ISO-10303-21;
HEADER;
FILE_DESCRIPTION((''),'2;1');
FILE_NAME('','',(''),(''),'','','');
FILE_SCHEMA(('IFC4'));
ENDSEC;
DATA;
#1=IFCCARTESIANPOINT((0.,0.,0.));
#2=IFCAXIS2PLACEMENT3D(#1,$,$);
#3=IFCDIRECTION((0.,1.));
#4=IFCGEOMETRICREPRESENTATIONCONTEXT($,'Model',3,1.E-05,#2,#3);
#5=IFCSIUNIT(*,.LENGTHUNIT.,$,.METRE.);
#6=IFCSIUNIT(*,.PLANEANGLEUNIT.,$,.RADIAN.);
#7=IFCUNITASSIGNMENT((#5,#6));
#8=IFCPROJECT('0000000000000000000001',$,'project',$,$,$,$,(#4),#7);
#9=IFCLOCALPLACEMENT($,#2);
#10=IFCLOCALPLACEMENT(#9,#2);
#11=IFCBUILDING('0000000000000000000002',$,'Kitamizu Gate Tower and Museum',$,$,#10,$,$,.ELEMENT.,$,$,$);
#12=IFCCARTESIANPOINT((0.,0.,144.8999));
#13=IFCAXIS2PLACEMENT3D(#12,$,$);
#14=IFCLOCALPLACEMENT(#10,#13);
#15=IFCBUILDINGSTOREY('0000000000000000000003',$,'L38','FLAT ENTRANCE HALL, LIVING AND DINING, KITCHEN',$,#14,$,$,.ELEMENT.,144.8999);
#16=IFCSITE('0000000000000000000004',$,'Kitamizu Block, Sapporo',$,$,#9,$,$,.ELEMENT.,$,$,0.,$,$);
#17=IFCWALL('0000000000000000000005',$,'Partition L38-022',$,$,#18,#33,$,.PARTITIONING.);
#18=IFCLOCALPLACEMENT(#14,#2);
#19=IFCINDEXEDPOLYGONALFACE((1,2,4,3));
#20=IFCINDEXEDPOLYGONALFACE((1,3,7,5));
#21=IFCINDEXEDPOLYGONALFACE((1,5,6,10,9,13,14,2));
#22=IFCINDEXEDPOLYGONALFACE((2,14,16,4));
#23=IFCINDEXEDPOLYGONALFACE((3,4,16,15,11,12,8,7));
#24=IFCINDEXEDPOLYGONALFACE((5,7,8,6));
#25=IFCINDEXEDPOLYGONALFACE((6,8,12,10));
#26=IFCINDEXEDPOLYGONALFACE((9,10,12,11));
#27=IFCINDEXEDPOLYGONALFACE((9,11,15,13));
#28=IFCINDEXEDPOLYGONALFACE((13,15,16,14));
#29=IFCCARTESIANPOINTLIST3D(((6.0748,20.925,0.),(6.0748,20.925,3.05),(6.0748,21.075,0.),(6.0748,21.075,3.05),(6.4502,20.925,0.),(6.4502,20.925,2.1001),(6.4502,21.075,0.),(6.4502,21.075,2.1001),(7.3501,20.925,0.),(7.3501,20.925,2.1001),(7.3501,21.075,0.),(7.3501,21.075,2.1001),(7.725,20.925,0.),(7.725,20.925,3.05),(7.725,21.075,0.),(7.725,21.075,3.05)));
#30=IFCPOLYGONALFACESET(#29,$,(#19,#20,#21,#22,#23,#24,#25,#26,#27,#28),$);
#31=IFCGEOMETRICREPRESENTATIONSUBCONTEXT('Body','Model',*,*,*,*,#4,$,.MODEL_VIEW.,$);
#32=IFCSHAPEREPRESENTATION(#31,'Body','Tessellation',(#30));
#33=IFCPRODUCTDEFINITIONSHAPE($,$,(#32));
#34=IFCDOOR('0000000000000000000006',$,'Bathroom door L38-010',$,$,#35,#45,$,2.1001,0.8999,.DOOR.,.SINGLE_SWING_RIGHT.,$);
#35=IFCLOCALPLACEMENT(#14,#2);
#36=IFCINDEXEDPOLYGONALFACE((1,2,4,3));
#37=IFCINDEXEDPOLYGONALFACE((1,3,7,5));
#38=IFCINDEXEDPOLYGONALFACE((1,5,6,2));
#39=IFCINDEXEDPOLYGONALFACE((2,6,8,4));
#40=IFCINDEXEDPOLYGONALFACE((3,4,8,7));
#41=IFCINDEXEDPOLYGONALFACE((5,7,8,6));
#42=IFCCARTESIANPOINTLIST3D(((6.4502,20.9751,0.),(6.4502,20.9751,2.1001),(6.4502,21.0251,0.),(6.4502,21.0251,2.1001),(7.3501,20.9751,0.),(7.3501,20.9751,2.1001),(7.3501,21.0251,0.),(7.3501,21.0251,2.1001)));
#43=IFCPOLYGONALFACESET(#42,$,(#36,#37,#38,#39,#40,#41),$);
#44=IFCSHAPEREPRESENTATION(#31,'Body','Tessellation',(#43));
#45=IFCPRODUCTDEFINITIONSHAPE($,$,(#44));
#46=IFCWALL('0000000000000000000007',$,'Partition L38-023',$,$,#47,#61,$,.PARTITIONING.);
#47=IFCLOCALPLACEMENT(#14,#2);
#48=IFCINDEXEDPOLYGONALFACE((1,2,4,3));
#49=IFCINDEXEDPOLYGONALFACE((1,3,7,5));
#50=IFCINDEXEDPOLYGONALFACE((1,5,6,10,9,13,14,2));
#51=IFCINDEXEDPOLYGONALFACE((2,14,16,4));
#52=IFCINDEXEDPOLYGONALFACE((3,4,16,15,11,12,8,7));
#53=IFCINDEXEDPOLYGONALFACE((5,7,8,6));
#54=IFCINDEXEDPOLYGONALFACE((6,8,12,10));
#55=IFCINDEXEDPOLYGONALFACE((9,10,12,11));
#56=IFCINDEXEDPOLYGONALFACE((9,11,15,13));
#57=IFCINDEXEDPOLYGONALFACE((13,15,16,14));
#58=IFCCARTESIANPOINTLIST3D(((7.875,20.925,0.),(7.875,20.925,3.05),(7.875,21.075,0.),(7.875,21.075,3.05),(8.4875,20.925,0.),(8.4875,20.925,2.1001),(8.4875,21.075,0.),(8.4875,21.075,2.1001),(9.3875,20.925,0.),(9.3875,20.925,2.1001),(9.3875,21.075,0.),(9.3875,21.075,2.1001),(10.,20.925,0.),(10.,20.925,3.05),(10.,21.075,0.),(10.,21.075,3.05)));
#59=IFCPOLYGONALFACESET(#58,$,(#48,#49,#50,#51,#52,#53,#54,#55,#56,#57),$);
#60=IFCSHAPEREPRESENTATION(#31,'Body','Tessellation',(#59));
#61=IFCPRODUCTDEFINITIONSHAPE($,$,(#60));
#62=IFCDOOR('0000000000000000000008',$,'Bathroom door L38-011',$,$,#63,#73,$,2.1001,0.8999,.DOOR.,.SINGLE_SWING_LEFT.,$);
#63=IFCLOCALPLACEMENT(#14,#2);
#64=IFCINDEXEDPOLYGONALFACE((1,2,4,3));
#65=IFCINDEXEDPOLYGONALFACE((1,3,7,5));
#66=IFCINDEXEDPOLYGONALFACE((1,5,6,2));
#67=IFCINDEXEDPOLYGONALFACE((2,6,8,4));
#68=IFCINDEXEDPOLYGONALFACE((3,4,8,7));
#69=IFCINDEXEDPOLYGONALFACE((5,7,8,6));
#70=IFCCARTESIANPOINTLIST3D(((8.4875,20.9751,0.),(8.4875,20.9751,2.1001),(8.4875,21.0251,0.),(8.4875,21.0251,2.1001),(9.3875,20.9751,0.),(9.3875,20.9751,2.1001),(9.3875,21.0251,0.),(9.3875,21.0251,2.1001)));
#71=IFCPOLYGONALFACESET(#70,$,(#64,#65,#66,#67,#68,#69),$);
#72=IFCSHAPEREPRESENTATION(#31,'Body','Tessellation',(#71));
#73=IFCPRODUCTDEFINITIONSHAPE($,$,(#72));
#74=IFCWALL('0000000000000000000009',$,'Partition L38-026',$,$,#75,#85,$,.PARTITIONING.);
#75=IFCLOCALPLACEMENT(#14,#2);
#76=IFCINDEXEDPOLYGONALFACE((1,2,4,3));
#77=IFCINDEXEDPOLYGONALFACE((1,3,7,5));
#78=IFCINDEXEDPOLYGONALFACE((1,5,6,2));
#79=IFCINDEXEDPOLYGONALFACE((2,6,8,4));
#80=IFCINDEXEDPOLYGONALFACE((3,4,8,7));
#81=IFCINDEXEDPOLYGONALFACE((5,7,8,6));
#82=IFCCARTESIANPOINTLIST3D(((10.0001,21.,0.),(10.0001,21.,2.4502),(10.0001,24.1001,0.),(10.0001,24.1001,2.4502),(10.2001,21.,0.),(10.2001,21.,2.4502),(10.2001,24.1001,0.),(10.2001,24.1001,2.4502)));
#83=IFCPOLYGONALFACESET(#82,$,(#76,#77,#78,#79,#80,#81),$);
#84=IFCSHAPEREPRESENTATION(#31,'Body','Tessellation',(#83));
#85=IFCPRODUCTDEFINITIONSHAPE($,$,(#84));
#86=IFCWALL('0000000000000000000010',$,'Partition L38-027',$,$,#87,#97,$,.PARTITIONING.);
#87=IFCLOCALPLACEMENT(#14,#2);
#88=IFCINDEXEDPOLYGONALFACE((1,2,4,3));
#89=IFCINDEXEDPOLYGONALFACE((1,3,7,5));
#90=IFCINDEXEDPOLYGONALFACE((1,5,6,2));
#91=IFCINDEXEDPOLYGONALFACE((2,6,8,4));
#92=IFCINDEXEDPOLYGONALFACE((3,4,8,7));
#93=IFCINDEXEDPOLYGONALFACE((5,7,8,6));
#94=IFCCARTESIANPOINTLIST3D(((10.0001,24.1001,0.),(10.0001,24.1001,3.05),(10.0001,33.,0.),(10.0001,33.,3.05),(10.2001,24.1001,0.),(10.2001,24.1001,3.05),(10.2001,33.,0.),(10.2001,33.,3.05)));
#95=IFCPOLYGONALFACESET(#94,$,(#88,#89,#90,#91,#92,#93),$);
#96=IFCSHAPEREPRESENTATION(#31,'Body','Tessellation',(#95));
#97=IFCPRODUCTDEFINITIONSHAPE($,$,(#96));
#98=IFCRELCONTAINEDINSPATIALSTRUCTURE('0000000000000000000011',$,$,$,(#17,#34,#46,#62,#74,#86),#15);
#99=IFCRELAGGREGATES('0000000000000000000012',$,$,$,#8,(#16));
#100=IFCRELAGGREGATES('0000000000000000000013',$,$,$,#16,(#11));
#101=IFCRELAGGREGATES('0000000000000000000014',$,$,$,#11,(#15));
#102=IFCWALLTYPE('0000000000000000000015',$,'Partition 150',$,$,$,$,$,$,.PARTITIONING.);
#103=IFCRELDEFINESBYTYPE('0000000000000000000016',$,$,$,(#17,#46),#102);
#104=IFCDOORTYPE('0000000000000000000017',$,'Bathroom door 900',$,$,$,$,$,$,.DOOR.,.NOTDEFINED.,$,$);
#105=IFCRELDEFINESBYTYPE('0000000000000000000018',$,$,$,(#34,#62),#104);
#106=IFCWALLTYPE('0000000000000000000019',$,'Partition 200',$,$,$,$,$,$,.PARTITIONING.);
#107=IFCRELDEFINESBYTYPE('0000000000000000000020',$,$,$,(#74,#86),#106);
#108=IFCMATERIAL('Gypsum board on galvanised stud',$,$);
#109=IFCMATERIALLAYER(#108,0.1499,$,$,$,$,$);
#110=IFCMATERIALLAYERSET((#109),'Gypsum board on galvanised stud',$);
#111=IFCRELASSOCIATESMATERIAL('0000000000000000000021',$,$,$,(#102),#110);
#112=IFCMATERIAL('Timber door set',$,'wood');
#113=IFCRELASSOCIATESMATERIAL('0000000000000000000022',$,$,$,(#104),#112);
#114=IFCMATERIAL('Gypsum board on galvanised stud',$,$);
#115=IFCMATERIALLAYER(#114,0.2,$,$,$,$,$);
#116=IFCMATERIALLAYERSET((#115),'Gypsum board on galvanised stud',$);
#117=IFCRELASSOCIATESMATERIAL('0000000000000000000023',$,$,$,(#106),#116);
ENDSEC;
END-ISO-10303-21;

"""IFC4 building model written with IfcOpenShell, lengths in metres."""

from ifc_helpers import new_model, si_unit, direction, frame, frame_2d, origin, place, context, subcontext, project, spatial, rectangle, extrude, material, layer, layer_set, type_object, element, fill, save


model = new_model("IFC4")

# Units and contexts
model_context = context("Model", 3, precision=1e-05, world=origin(), true_north=direction((0.0, 1.0)))
body_context = subcontext(model_context, "Body", "Model", "MODEL_VIEW")
ifc_project = project(units=[si_unit("LENGTHUNIT", "METRE"), si_unit("PLANEANGLEUNIT", "RADIAN")], contexts=[model_context])

# Site, building, storey
site_placement = place(None, origin())
site = spatial("IfcSite", under=ifc_project, at=site_placement, Name="Kitamizu Block, Sapporo", CompositionType="ELEMENT", RefElevation=0.0)
building_placement = place(site_placement, origin())
building = spatial("IfcBuilding", under=site, at=building_placement, Name="Kitamizu Gate Tower and Museum", CompositionType="ELEMENT")
storey_placement = place(building_placement, frame((0.0, 0.0, 144.8999)))
storey = spatial("IfcBuildingStorey", under=building, at=storey_placement, Name="L38", Description="FLAT ENTRANCE HALL, LIVING AND DINING, KITCHEN", CompositionType="ELEMENT", Elevation=144.8999)

# Walls, openings, doors
ifc_material_1 = material(Name="Gypsum board on galvanised stud")
ifc_layer_1 = layer(ifc_material_1, 0.1499)
ifc_layer_set_1 = layer_set([ifc_layer_1], Name="Gypsum board on galvanised stud")
wall_type_1 = type_object("IfcWallType", Name="Partition 150", PredefinedType="PARTITIONING", material=ifc_layer_set_1)
wall_1_placement = place(storey_placement, frame((7.7251, 21.0, 0.0), z_axis=(0.0, 0.0, 1.0), x_axis=(-1.0, 0.0, 0.0)))
wall_1 = element("IfcWall", 1, at=wall_1_placement, inside=storey, type_object=wall_type_1, Name="Partition L38-022", PredefinedType="PARTITIONING", context=body_context, shape_type="SweptSolid", body=[
    extrude(rectangle(XDim=1.6501, YDim=0.1499, at=frame_2d((0.8252, 0.0))), origin(), (0.0, 0.0, 1.0), 3.05),
])
opening_1_placement = place(wall_1_placement, frame((0.375, 0.0, 0.0)))
opening_1 = element("IfcOpeningElement", 2, at=opening_1_placement, cuts=wall_1, PredefinedType="OPENING", context=body_context, shape_type="SweptSolid", body=[
    extrude(rectangle(XDim=0.8999, YDim=2.1001, at=frame_2d((0.45, 1.05))), frame((0.0, 0.085, 0.0), z_axis=(0.0, -1.0, 0.0), x_axis=(1.0, 0.0, 0.0)), (0.0, 0.0, 1.0), 0.1699),
])
ifc_material_2 = material(Name="Timber door set", Category="wood")
door_type_1 = type_object("IfcDoorType", Name="Bathroom door 900", OperationType="NOTDEFINED", PredefinedType="DOOR", material=ifc_material_2)
door_1_placement = place(opening_1_placement, origin())
door_1 = element("IfcDoor", 3, at=door_1_placement, inside=storey, type_object=door_type_1, Name="Bathroom door L38-010", OperationType="SINGLE_SWING_RIGHT", OverallHeight=2.1001, OverallWidth=0.8999, PredefinedType="DOOR", context=body_context, shape_type="SweptSolid", body=[
    extrude(rectangle(XDim=0.8999, YDim=2.1001, at=frame_2d((0.45, 1.05))), frame((0.0, 0.0249, 0.0), z_axis=(0.0, -1.0, 0.0), x_axis=(1.0, 0.0, 0.0)), (0.0, 0.0, 1.0), 0.05),
])
fill(opening_1, door_1)
wall_2_placement = place(storey_placement, frame((10.0, 21.0, 0.0), z_axis=(0.0, 0.0, 1.0), x_axis=(-1.0, 0.0, 0.0)))
wall_2 = element("IfcWall", 4, at=wall_2_placement, inside=storey, type_object=wall_type_1, Name="Partition L38-023", PredefinedType="PARTITIONING", context=body_context, shape_type="SweptSolid", body=[
    extrude(rectangle(XDim=2.125, YDim=0.1499, at=frame_2d((1.0625, 0.0))), origin(), (0.0, 0.0, 1.0), 3.05),
])
opening_2_placement = place(wall_2_placement, frame((0.6125, 0.0, 0.0)))
opening_2 = element("IfcOpeningElement", 5, at=opening_2_placement, cuts=wall_2, PredefinedType="OPENING", context=body_context, shape_type="SweptSolid", body=[
    extrude(rectangle(XDim=0.8999, YDim=2.1001, at=frame_2d((0.45, 1.05))), frame((0.0, 0.085, 0.0), z_axis=(0.0, -1.0, 0.0), x_axis=(1.0, 0.0, 0.0)), (0.0, 0.0, 1.0), 0.1699),
])
door_2_placement = place(opening_2_placement, origin())
door_2 = element("IfcDoor", 6, at=door_2_placement, inside=storey, type_object=door_type_1, Name="Bathroom door L38-011", OperationType="SINGLE_SWING_LEFT", OverallHeight=2.1001, OverallWidth=0.8999, PredefinedType="DOOR", context=body_context, shape_type="SweptSolid", body=[
    extrude(rectangle(XDim=0.8999, YDim=2.1001, at=frame_2d((0.45, 1.05))), frame((0.0, 0.0249, 0.0), z_axis=(0.0, -1.0, 0.0), x_axis=(1.0, 0.0, 0.0)), (0.0, 0.0, 1.0), 0.05),
])
fill(opening_2, door_2)

# Walls
ifc_material_3 = material(Name="Gypsum board on galvanised stud")
ifc_layer_2 = layer(ifc_material_3, 0.2)
ifc_layer_set_2 = layer_set([ifc_layer_2], Name="Gypsum board on galvanised stud")
wall_type_2 = type_object("IfcWallType", Name="Partition 200", PredefinedType="PARTITIONING", material=ifc_layer_set_2)
wall_3_placement = place(storey_placement, frame((10.1001, 21.0, 0.0), z_axis=(0.0, 0.0, 1.0), x_axis=(0.0, 1.0, 0.0)))
element("IfcWall", 7, at=wall_3_placement, inside=storey, type_object=wall_type_2, Name="Partition L38-026", PredefinedType="PARTITIONING", context=body_context, shape_type="SweptSolid", body=[
    extrude(rectangle(XDim=3.1001, YDim=0.2, at=frame_2d((1.55, 0.0))), origin(), (0.0, 0.0, 1.0), 2.4502),
])
wall_4_placement = place(storey_placement, frame((10.1001, 24.1001, 0.0), z_axis=(0.0, 0.0, 1.0), x_axis=(0.0, 1.0, 0.0)))
element("IfcWall", 8, at=wall_4_placement, inside=storey, type_object=wall_type_2, Name="Partition L38-027", PredefinedType="PARTITIONING", context=body_context, shape_type="SweptSolid", body=[
    extrude(rectangle(XDim=8.8999, YDim=0.2, at=frame_2d((4.45, 0.0))), origin(), (0.0, 0.0, 1.0), 3.05),
])

save(model, "model.ifc")
